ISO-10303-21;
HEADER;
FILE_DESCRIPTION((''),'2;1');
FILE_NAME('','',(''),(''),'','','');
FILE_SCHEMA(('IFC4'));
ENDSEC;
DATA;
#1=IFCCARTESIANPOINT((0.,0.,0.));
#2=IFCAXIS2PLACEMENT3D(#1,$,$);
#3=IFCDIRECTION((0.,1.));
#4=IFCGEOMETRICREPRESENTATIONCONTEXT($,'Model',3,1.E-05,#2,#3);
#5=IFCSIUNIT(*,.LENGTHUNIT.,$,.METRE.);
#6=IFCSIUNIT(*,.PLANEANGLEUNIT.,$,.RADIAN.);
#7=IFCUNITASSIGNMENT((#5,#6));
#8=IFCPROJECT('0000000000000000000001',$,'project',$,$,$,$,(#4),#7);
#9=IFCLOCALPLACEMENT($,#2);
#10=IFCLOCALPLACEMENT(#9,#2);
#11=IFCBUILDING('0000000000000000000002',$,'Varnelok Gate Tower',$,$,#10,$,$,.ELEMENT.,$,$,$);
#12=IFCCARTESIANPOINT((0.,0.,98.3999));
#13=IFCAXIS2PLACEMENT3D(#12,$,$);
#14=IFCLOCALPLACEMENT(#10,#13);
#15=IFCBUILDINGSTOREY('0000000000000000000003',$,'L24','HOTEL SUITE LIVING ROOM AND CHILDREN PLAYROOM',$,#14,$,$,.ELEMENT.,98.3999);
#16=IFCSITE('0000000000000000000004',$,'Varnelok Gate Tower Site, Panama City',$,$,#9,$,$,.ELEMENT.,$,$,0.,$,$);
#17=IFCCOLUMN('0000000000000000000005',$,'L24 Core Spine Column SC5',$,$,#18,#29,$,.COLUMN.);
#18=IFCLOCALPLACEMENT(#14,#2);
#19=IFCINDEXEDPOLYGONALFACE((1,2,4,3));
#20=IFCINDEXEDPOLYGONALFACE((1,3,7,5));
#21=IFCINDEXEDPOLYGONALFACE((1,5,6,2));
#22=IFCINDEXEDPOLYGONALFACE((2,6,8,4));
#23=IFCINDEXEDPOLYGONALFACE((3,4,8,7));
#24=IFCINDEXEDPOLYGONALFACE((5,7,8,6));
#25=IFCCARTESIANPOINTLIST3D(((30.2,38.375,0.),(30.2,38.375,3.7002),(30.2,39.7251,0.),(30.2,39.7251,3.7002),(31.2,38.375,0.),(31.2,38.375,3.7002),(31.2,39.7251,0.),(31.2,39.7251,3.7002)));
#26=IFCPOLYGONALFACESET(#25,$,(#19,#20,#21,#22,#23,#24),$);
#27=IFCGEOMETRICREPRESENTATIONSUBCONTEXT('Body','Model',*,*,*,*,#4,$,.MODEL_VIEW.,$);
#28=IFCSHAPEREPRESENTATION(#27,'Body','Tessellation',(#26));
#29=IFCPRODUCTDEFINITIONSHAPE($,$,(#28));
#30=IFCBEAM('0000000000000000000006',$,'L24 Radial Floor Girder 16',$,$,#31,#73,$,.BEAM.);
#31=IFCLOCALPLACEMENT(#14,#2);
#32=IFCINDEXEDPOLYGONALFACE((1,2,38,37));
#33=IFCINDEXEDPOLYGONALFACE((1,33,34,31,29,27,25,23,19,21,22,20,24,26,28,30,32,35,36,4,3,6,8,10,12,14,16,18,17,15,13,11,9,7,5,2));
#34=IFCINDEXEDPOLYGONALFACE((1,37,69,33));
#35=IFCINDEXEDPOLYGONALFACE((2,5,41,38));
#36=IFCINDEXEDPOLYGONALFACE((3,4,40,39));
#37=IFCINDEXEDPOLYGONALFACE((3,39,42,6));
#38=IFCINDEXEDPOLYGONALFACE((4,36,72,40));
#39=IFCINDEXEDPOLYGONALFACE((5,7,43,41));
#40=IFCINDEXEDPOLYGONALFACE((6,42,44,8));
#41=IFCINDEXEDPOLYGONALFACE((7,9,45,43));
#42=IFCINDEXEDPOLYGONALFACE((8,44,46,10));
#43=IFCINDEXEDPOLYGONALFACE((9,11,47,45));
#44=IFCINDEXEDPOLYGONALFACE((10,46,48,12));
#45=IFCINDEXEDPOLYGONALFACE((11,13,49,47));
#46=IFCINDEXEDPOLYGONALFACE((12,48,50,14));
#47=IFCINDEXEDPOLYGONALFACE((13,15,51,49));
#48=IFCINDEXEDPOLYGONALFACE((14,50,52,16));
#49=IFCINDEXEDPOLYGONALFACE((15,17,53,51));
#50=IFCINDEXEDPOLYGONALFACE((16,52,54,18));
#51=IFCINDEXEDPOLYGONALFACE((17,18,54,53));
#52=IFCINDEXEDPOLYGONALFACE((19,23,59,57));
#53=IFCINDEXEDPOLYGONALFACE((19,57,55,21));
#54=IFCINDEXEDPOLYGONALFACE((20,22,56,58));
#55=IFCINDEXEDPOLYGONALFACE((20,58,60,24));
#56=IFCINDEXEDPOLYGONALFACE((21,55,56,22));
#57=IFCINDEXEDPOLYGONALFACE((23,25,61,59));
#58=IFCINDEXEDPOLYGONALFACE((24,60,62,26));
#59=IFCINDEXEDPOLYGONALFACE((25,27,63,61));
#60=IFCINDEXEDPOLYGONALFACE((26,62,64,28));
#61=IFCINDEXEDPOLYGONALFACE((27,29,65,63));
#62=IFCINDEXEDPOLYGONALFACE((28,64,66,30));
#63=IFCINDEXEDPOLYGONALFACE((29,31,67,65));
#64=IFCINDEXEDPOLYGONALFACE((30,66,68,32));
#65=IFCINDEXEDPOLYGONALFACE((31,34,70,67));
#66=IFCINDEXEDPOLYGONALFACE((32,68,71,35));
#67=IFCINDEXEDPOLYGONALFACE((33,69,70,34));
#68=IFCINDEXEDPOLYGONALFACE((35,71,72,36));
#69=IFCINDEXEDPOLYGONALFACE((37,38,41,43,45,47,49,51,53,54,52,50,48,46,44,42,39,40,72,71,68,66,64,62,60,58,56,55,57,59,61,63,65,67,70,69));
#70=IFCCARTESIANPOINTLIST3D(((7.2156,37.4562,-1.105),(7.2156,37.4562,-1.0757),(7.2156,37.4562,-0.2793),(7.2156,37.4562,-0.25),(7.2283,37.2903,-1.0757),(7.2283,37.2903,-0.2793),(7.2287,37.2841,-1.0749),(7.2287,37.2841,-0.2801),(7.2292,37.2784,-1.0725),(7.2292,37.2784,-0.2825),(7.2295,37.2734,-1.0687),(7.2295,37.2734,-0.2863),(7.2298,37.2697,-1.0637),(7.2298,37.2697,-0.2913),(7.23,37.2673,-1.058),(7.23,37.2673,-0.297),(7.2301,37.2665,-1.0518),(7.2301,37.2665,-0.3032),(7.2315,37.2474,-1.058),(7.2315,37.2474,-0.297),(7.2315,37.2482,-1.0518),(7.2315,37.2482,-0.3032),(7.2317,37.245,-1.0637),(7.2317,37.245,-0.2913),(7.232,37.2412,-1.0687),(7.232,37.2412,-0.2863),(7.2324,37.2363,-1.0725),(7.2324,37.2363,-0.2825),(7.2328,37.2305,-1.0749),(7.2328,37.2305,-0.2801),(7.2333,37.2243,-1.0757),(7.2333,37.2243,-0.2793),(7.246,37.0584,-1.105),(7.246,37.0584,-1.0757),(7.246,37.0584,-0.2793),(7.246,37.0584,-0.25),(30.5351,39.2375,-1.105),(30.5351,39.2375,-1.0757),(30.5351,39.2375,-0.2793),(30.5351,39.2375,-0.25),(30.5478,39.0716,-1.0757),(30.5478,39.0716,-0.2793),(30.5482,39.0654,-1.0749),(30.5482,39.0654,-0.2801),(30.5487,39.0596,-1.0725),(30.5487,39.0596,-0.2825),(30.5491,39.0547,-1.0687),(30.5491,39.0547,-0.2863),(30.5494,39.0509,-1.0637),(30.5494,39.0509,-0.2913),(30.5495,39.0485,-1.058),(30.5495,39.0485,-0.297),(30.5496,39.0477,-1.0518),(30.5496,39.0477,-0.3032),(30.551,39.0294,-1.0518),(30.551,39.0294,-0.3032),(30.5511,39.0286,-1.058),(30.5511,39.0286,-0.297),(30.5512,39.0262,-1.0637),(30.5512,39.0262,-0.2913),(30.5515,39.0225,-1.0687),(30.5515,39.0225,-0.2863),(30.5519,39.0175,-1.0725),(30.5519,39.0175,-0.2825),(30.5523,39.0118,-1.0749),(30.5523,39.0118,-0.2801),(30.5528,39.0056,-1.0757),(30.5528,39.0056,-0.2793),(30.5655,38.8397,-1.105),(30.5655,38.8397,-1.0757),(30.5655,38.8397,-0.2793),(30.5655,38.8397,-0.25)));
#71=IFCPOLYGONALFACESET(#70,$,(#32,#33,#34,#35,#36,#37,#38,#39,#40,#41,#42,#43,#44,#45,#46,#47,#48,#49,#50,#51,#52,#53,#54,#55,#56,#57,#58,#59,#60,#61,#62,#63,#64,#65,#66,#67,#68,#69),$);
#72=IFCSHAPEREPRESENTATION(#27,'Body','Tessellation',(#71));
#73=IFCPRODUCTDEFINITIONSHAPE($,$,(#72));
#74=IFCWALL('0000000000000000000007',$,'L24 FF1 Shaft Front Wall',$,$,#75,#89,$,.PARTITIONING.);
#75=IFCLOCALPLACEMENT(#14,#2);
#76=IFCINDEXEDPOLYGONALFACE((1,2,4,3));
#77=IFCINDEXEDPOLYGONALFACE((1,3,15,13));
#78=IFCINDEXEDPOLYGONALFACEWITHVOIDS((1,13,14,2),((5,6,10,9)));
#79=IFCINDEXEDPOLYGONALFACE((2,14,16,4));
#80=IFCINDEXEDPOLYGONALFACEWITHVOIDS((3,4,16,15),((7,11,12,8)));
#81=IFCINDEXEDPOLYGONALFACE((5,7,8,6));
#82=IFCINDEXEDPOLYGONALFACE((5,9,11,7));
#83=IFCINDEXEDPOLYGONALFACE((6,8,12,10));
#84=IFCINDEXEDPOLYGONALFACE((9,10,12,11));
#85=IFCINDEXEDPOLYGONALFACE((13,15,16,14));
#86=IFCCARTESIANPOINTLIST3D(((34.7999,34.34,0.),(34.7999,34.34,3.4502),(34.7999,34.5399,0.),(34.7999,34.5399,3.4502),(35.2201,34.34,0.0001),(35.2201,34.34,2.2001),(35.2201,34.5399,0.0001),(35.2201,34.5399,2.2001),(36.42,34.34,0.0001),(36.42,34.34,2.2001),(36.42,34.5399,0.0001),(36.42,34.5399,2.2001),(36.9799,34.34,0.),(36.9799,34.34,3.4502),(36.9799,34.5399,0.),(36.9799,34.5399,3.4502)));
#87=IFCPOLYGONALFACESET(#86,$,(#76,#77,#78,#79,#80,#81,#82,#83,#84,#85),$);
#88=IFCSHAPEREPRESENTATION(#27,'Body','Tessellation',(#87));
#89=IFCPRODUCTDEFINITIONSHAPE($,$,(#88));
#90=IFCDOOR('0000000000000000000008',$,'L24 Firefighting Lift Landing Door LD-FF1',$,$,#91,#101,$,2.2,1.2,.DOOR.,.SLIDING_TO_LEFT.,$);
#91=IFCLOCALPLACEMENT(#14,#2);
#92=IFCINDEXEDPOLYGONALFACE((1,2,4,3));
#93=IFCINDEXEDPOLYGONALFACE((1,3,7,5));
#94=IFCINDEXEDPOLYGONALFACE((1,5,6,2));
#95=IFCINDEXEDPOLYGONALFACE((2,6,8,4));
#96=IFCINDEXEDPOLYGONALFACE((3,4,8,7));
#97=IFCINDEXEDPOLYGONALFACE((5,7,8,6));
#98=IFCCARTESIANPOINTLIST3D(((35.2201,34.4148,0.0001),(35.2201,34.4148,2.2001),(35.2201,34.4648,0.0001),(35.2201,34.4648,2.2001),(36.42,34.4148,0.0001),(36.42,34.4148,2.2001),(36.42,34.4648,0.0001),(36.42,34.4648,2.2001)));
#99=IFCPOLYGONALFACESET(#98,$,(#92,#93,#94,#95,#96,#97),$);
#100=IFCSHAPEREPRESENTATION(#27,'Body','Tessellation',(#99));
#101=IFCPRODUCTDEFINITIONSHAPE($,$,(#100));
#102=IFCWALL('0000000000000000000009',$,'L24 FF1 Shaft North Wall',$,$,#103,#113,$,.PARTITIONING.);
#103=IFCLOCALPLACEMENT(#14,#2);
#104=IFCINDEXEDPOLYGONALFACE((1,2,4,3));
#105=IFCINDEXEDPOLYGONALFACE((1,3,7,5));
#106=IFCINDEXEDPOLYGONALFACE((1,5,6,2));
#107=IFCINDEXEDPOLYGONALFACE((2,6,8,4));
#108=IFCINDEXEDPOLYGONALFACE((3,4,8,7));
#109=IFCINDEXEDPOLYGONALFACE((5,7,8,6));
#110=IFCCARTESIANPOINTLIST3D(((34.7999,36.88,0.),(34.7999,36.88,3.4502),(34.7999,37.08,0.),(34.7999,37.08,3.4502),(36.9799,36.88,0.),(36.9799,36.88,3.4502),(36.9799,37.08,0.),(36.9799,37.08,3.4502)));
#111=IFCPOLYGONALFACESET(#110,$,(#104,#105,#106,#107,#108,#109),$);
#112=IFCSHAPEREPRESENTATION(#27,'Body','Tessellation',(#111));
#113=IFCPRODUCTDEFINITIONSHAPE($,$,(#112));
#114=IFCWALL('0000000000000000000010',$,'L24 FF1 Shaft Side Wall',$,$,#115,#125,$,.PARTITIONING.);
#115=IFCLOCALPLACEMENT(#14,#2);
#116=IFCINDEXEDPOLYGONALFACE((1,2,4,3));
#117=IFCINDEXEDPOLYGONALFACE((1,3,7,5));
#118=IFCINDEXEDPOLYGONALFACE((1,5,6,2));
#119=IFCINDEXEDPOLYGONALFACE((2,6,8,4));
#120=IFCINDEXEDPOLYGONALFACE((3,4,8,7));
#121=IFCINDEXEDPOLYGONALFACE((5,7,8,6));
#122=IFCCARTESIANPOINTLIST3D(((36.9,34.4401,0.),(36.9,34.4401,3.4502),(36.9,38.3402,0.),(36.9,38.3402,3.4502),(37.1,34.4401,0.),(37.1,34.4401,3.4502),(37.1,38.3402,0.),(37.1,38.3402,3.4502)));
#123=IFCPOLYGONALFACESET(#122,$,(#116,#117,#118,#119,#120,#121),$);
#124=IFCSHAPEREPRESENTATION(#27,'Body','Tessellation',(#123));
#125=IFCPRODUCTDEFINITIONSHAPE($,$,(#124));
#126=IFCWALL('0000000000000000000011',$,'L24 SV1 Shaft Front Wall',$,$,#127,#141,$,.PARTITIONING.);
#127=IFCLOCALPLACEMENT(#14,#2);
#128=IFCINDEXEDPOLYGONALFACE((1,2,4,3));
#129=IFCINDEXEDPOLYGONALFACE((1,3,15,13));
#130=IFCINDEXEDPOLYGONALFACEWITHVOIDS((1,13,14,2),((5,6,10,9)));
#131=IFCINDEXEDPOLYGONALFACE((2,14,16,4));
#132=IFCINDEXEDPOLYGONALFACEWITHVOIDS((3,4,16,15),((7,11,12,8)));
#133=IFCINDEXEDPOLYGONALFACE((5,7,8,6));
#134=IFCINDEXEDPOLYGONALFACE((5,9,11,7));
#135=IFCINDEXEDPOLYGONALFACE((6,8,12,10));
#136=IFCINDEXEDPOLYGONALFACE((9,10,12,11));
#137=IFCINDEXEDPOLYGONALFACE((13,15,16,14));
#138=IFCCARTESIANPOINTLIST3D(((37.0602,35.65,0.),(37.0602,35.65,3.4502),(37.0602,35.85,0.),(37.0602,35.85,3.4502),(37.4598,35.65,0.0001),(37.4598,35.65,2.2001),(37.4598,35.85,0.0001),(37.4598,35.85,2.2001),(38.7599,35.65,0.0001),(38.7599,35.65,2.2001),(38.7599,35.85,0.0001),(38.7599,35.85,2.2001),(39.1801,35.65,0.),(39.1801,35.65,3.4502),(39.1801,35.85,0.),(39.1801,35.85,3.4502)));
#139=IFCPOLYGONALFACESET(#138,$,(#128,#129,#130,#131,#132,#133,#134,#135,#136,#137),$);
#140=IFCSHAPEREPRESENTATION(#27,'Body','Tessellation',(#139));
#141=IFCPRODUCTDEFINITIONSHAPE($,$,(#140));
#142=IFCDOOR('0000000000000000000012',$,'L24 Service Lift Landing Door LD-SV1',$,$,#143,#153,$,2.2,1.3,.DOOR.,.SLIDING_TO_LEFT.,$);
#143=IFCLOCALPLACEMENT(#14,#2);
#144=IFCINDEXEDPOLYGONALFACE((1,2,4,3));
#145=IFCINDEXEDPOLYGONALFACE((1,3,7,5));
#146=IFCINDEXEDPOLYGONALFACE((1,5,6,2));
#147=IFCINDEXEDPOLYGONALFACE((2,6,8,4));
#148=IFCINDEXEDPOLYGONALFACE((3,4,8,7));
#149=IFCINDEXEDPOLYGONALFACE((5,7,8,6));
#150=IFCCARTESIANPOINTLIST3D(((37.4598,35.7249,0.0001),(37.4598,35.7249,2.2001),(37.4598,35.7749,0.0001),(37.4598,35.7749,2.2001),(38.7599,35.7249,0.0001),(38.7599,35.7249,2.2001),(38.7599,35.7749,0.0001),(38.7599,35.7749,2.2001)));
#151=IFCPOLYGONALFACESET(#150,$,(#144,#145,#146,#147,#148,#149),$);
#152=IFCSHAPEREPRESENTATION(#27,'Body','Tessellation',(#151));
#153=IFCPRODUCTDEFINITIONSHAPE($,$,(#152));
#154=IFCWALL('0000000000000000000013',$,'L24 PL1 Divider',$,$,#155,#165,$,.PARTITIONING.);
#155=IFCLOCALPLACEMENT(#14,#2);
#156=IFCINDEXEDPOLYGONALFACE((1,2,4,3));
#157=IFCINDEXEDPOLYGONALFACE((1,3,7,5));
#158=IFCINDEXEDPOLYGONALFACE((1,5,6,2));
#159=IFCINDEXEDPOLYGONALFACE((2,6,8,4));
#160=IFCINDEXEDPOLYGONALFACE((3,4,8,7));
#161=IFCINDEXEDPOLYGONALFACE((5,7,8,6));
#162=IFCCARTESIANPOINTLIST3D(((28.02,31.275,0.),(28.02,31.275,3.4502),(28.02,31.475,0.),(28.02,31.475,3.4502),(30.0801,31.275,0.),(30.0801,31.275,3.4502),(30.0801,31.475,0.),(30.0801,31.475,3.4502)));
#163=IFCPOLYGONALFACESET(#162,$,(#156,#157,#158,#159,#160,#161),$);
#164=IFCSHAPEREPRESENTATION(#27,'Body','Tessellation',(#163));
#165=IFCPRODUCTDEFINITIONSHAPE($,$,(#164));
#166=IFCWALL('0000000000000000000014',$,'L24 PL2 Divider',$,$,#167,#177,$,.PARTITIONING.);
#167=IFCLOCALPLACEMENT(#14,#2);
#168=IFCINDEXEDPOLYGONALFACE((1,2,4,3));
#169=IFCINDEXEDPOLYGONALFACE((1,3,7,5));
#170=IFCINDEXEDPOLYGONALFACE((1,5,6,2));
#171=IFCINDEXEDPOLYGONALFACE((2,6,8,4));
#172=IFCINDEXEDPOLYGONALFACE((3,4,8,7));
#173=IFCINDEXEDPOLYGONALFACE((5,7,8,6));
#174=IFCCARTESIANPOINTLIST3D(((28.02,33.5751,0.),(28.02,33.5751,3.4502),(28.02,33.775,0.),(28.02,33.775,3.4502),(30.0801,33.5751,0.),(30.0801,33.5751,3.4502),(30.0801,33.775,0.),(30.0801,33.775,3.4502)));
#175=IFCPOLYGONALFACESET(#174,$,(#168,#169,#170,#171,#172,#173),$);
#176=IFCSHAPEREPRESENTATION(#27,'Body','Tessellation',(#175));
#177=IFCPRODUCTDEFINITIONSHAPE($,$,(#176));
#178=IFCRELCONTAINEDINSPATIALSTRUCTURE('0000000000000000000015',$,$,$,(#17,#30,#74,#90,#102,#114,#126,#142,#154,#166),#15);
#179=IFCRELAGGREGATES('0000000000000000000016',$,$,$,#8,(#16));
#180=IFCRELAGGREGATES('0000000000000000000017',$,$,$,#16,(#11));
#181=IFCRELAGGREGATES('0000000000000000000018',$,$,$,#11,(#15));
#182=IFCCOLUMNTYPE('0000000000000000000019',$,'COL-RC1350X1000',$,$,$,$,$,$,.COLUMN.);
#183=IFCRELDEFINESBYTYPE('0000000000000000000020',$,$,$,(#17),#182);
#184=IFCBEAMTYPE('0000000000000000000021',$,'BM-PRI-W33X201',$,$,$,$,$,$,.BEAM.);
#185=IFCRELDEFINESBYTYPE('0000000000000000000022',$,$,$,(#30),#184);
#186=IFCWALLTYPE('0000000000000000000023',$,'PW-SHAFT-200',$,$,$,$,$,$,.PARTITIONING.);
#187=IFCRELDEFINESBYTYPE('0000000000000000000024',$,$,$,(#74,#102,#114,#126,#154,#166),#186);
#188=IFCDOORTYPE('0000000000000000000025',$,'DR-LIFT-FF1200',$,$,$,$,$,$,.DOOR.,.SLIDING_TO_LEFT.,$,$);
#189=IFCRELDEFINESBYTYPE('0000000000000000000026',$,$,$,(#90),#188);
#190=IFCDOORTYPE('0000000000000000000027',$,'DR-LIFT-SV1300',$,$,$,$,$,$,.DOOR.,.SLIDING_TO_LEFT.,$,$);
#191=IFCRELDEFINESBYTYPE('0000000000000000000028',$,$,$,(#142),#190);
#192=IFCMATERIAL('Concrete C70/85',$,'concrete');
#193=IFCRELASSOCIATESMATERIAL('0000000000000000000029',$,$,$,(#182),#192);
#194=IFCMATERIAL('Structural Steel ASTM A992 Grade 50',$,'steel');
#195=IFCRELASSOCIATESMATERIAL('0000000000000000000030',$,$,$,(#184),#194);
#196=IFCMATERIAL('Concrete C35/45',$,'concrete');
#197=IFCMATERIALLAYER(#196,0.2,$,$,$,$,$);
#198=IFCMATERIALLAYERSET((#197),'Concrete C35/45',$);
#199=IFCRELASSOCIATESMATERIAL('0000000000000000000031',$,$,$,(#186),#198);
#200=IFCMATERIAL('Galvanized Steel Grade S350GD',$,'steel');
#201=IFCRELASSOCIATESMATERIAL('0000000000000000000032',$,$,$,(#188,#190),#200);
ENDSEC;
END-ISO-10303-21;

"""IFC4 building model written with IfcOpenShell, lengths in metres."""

from ifc_helpers import new_model, si_unit, direction, frame, frame_2d, origin, origin_2d, place, context, subcontext, project, spatial, rectangle, i_section, extrude, material, layer, layer_set, material_profile, profile_set, type_object, element, fill, save


model = new_model("IFC4")

# Units and contexts
model_context = context("Model", 3, precision=1e-05, world=origin(), true_north=direction((0.0, 1.0)))
body_context = subcontext(model_context, "Body", "Model", "MODEL_VIEW")
ifc_project = project(units=[si_unit("LENGTHUNIT", "METRE"), si_unit("PLANEANGLEUNIT", "RADIAN")], contexts=[model_context])

# Site, building, storey
site_placement = place(None, origin())
site = spatial("IfcSite", under=ifc_project, at=site_placement, Name="Varnelok Gate Tower Site, Panama City", CompositionType="ELEMENT", RefElevation=0.0)
building_placement = place(site_placement, origin())
building = spatial("IfcBuilding", under=site, at=building_placement, Name="Varnelok Gate Tower", CompositionType="ELEMENT")
storey_placement = place(building_placement, frame((0.0, 0.0, 98.3999)))
storey = spatial("IfcBuildingStorey", under=building, at=storey_placement, Name="L24", Description="HOTEL SUITE LIVING ROOM AND CHILDREN PLAYROOM", CompositionType="ELEMENT", Elevation=98.3999)

# Column
ifc_material_1 = material(Name="Concrete C70/85", Category="concrete")
ifc_material_profile_1 = material_profile(ifc_material_1, rectangle(XDim=1.0, YDim=1.3501, at=origin_2d()), Name="RC1350X1000")
ifc_profile_set_1 = profile_set([ifc_material_profile_1], Name="Concrete C70/85")
column_type = type_object("IfcColumnType", Name="COL-RC1350X1000", PredefinedType="COLUMN", material=ifc_profile_set_1)
column_placement = place(storey_placement, frame((30.7, 39.05, 0.0), z_axis=(0.0, 0.0, 1.0), x_axis=(1.0, 0.0, 0.0)))
element("IfcColumn", 1, at=column_placement, inside=storey, type_object=column_type, Name="L24 Core Spine Column SC5", PredefinedType="COLUMN", context=body_context, shape_type="SweptSolid", body=[
    extrude(rectangle(XDim=1.0, YDim=1.3501, at=origin_2d()), origin(), (0.0, 0.0, 1.0), 3.7002),
])

# Beam
ifc_material_2 = material(Name="Structural Steel ASTM A992 Grade 50", Category="steel")
ifc_material_profile_2 = material_profile(ifc_material_2, i_section(OverallWidth=0.3989, OverallDepth=0.855, WebThickness=0.0183, FlangeThickness=0.0293, FilletRadius=0.0239, at=origin_2d()), Name="W33X201")
ifc_profile_set_2 = profile_set([ifc_material_profile_2], Name="Structural Steel ASTM A992 Grade 50")
beam_type = type_object("IfcBeamType", Name="BM-PRI-W33X201", PredefinedType="BEAM", material=ifc_profile_set_2)
beam_placement = place(storey_placement, frame((30.5503, 39.0386, -0.6775), z_axis=(-0.997095, -0.076162, 0.0), x_axis=(0.076162, -0.997095, 0.0)))
element("IfcBeam", 2, at=beam_placement, inside=storey, type_object=beam_type, Name="L24 Radial Floor Girder 16", PredefinedType="BEAM", context=body_context, shape_type="SweptSolid", body=[
    extrude(i_section(OverallWidth=0.3989, OverallDepth=0.855, WebThickness=0.0183, FlangeThickness=0.0293, FilletRadius=0.0239, at=origin_2d()), origin(), (0.0, 0.0, 1.0), 23.3875),
])

# Wall, opening, door
ifc_material_3 = material(Name="Concrete C35/45", Category="concrete")
ifc_layer_1 = layer(ifc_material_3, 0.2)
ifc_layer_set_1 = layer_set([ifc_layer_1], Name="Concrete C35/45")
wall_type_1 = type_object("IfcWallType", Name="PW-SHAFT-200", PredefinedType="PARTITIONING", material=ifc_layer_set_1)
wall_1_placement = place(storey_placement, frame((34.8, 34.4399, 0.0), z_axis=(0.0, 0.0, 1.0), x_axis=(1.0, 0.0, 0.0)))
wall_1 = element("IfcWall", 3, at=wall_1_placement, inside=storey, type_object=wall_type_1, Name="L24 FF1 Shaft Front Wall", PredefinedType="PARTITIONING", context=body_context, shape_type="SweptSolid", body=[
    extrude(rectangle(XDim=2.1799, YDim=0.2, at=frame_2d((1.0898, 0.0))), origin(), (0.0, 0.0, 1.0), 3.4502),
])
opening_1_placement = place(wall_1_placement, frame((0.4199, 0.0, 0.0)))
opening_1 = element("IfcOpeningElement", 4, at=opening_1_placement, cuts=wall_1, PredefinedType="OPENING", context=body_context, shape_type="SweptSolid", body=[
    extrude(rectangle(XDim=1.2, YDim=2.2, at=frame_2d((0.6001, 1.1001))), frame((0.0, 0.1099, 0.0), z_axis=(0.0, -1.0, 0.0), x_axis=(1.0, 0.0, 0.0)), (0.0, 0.0, 1.0), 0.22),
])
ifc_material_4 = material(Name="Galvanized Steel Grade S350GD", Category="steel")
door_type_1 = type_object("IfcDoorType", Name="DR-LIFT-FF1200", OperationType="SLIDING_TO_LEFT", PredefinedType="DOOR", material=ifc_material_4)
door_1_placement = place(opening_1_placement, origin())
door_1 = element("IfcDoor", 5, at=door_1_placement, inside=storey, type_object=door_type_1, Name="L24 Firefighting Lift Landing Door LD-FF1", OperationType="SLIDING_TO_LEFT", OverallHeight=2.2, OverallWidth=1.2, PredefinedType="DOOR", context=body_context, shape_type="SweptSolid", body=[
    extrude(rectangle(XDim=1.2, YDim=2.2, at=frame_2d((0.6001, 1.1001))), frame((0.0, 0.0249, 0.0), z_axis=(0.0, -1.0, 0.0), x_axis=(1.0, 0.0, 0.0)), (0.0, 0.0, 1.0), 0.05),
])
fill(opening_1, door_1)

# Walls
wall_2_placement = place(storey_placement, frame((34.8, 36.98, 0.0), z_axis=(0.0, 0.0, 1.0), x_axis=(1.0, 0.0, 0.0)))
element("IfcWall", 6, at=wall_2_placement, inside=storey, type_object=wall_type_1, Name="L24 FF1 Shaft North Wall", PredefinedType="PARTITIONING", context=body_context, shape_type="SweptSolid", body=[
    extrude(rectangle(XDim=2.1799, YDim=0.2, at=frame_2d((1.0898, 0.0))), origin(), (0.0, 0.0, 1.0), 3.4502),
])
wall_3_placement = place(storey_placement, frame((37.0, 34.4399, 0.0), z_axis=(0.0, 0.0, 1.0), x_axis=(0.0, 1.0, 0.0)))
element("IfcWall", 7, at=wall_3_placement, inside=storey, type_object=wall_type_1, Name="L24 FF1 Shaft Side Wall", PredefinedType="PARTITIONING", context=body_context, shape_type="SweptSolid", body=[
    extrude(rectangle(XDim=3.9001, YDim=0.2, at=frame_2d((1.9502, 0.0))), origin(), (0.0, 0.0, 1.0), 3.4502),
])

# Wall, opening, door
wall_4_placement = place(storey_placement, frame((37.0601, 35.75, 0.0), z_axis=(0.0, 0.0, 1.0), x_axis=(1.0, 0.0, 0.0)))
wall_4 = element("IfcWall", 8, at=wall_4_placement, inside=storey, type_object=wall_type_1, Name="L24 SV1 Shaft Front Wall", PredefinedType="PARTITIONING", context=body_context, shape_type="SweptSolid", body=[
    extrude(rectangle(XDim=2.1199, YDim=0.2, at=frame_2d((1.0601, 0.0))), origin(), (0.0, 0.0, 1.0), 3.4502),
])
opening_2_placement = place(wall_4_placement, frame((0.3999, 0.0, 0.0)))
opening_2 = element("IfcOpeningElement", 9, at=opening_2_placement, cuts=wall_4, PredefinedType="OPENING", context=body_context, shape_type="SweptSolid", body=[
    extrude(rectangle(XDim=1.3, YDim=2.2, at=frame_2d((0.6499, 1.1001))), frame((0.0, 0.1099, 0.0), z_axis=(0.0, -1.0, 0.0), x_axis=(1.0, 0.0, 0.0)), (0.0, 0.0, 1.0), 0.22),
])
door_type_2 = type_object("IfcDoorType", Name="DR-LIFT-SV1300", OperationType="SLIDING_TO_LEFT", PredefinedType="DOOR", material=ifc_material_4)
door_2_placement = place(opening_2_placement, origin())
door_2 = element("IfcDoor", 10, at=door_2_placement, inside=storey, type_object=door_type_2, Name="L24 Service Lift Landing Door LD-SV1", OperationType="SLIDING_TO_LEFT", OverallHeight=2.2, OverallWidth=1.3, PredefinedType="DOOR", context=body_context, shape_type="SweptSolid", body=[
    extrude(rectangle(XDim=1.3, YDim=2.2, at=frame_2d((0.6499, 1.1001))), frame((0.0, 0.0249, 0.0), z_axis=(0.0, -1.0, 0.0), x_axis=(1.0, 0.0, 0.0)), (0.0, 0.0, 1.0), 0.05),
])
fill(opening_2, door_2)

# Walls
for number, where, z_axis, x_axis, name in (
    (11, (28.02, 31.375, 0.0), (0.0, 0.0, 1.0), (1.0, 0.0, 0.0), "L24 PL1 Divider"),
    (12, (28.02, 33.675, 0.0), (0.0, 0.0, 1.0), (1.0, 0.0, 0.0), "L24 PL2 Divider"),
):
    element("IfcWall", number, at=place(storey_placement, frame(where, z_axis=z_axis, x_axis=x_axis)), inside=storey, type_object=wall_type_1, Name=name, PredefinedType="PARTITIONING", context=body_context, shape_type="SweptSolid", body=[
        extrude(rectangle(XDim=2.0601, YDim=0.2, at=frame_2d((1.03, 0.0))), origin(), (0.0, 0.0, 1.0), 3.4502),
    ])

save(model, "model.ifc")
